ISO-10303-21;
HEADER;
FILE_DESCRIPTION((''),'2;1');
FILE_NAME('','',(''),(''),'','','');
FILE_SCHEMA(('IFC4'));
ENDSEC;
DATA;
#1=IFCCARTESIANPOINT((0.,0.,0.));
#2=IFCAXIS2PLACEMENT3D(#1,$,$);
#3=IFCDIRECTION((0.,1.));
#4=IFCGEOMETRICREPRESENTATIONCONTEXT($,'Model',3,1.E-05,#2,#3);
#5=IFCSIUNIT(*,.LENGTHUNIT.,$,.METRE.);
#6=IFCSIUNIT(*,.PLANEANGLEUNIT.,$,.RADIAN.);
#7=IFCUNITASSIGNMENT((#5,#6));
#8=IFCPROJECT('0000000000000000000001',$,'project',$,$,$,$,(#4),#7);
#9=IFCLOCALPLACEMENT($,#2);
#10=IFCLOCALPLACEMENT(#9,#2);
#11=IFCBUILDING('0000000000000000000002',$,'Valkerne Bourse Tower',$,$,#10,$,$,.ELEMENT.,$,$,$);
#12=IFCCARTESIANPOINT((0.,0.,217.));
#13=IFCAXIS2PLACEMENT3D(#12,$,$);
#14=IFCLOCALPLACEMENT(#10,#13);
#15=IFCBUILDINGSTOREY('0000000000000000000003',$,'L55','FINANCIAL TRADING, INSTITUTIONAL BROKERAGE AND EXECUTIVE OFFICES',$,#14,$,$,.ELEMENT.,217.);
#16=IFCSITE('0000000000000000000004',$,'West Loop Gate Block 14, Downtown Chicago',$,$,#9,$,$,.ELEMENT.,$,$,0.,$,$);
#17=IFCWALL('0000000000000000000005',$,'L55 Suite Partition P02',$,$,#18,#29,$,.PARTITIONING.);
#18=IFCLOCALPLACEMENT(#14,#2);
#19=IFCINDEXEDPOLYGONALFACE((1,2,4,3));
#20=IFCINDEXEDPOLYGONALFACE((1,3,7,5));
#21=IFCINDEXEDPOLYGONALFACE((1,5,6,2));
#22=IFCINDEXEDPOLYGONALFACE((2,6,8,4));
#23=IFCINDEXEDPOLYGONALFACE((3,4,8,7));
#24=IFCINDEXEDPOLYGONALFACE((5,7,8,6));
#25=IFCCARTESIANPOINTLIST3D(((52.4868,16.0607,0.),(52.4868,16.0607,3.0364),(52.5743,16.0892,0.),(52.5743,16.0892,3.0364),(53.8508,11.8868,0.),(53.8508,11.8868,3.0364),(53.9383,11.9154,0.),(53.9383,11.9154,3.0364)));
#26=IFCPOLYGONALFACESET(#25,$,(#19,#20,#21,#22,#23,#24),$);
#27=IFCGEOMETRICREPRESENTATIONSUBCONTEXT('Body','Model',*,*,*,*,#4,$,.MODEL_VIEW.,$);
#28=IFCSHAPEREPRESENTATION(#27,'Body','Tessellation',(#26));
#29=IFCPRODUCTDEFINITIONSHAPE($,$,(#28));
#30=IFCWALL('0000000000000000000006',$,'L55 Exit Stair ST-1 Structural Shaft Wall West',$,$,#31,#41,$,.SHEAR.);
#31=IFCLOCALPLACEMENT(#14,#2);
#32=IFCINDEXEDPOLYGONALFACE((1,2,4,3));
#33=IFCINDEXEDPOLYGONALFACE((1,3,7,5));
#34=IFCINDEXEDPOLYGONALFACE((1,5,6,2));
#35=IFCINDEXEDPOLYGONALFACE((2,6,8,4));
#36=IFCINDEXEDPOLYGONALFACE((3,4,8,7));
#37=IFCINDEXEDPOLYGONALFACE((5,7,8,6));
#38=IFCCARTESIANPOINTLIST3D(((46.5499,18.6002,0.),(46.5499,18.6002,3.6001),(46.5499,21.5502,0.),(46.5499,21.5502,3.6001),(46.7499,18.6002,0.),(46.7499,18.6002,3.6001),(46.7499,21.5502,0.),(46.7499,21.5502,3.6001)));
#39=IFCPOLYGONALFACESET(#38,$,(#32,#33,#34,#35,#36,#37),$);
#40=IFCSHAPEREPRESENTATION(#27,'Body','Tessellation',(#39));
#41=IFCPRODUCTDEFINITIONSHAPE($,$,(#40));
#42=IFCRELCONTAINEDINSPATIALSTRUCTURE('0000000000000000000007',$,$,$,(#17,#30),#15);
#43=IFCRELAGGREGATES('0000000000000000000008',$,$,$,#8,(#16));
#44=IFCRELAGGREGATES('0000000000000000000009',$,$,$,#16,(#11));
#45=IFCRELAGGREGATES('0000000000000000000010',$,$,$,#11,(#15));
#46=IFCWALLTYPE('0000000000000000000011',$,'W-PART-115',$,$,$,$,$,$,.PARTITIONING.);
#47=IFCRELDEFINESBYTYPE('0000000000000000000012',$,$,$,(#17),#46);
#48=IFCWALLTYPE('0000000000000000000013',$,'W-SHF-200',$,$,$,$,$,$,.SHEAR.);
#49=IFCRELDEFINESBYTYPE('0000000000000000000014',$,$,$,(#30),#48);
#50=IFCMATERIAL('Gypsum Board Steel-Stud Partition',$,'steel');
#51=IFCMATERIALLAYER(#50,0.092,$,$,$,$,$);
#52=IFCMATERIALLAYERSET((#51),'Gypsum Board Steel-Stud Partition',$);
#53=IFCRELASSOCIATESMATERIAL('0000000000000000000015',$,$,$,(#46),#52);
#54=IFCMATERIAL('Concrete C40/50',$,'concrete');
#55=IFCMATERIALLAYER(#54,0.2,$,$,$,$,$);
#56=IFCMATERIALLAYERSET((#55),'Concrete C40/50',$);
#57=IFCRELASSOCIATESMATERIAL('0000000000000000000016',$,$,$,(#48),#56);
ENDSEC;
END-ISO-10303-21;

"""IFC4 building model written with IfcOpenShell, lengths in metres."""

from ifc_helpers import new_model, si_unit, direction, frame, frame_2d, origin, place, context, subcontext, project, spatial, rectangle, extrude, material, layer, layer_set, type_object, element, save


model = new_model("IFC4")

# Units and contexts
model_context = context("Model", 3, precision=1e-05, world=origin(), true_north=direction((0.0, 1.0)))
body_context = subcontext(model_context, "Body", "Model", "MODEL_VIEW")
ifc_project = project(units=[si_unit("LENGTHUNIT", "METRE"), si_unit("PLANEANGLEUNIT", "RADIAN")], contexts=[model_context])

# Site, building, storey
site_placement = place(None, origin())
site = spatial("IfcSite", under=ifc_project, at=site_placement, Name="West Loop Gate Block 14, Downtown Chicago", CompositionType="ELEMENT", RefElevation=0.0)
building_placement = place(site_placement, origin())
building = spatial("IfcBuilding", under=site, at=building_placement, Name="Valkerne Bourse Tower", CompositionType="ELEMENT")
storey_placement = place(building_placement, frame((0.0, 0.0, 217.0)))
storey = spatial("IfcBuildingStorey", under=building, at=storey_placement, Name="L55", Description="FINANCIAL TRADING, INSTITUTIONAL BROKERAGE AND EXECUTIVE OFFICES", CompositionType="ELEMENT", Elevation=217.0)

# Shared definitions
ifc_material_1 = material(Name="Gypsum Board Steel-Stud Partition", Category="steel")

# Walls
ifc_layer_1 = layer(ifc_material_1, 0.092)
ifc_layer_set_1 = layer_set([ifc_layer_1], Name="Gypsum Board Steel-Stud Partition")
wall_type_1 = type_object("IfcWallType", Name="W-PART-115", PredefinedType="PARTITIONING", material=ifc_layer_set_1)
wall_1_placement = place(storey_placement, frame((52.5305, 16.075, 0.0), z_axis=(0.0, 0.0, 1.0), x_axis=(0.310635, -0.950529, 0.0)))
element("IfcWall", 1, at=wall_1_placement, inside=storey, type_object=wall_type_1, Name="L55 Suite Partition P02", PredefinedType="PARTITIONING", context=body_context, shape_type="SweptSolid", body=[
    extrude(rectangle(XDim=4.3911, YDim=0.092, at=frame_2d((2.1956, 0.0))), origin(), (0.0, 0.0, 1.0), 3.0364),
])
ifc_material_2 = material(Name="Concrete C40/50", Category="concrete")
ifc_layer_2 = layer(ifc_material_2, 0.2)
ifc_layer_set_2 = layer_set([ifc_layer_2], Name="Concrete C40/50")
wall_type_2 = type_object("IfcWallType", Name="W-SHF-200", PredefinedType="SHEAR", material=ifc_layer_set_2)
wall_2_placement = place(storey_placement, frame((46.6499, 18.6001, 0.0), z_axis=(0.0, 0.0, 1.0), x_axis=(0.0, 1.0, 0.0)))
element("IfcWall", 2, at=wall_2_placement, inside=storey, type_object=wall_type_2, Name="L55 Exit Stair ST-1 Structural Shaft Wall West", PredefinedType="SHEAR", context=body_context, shape_type="SweptSolid", body=[
    extrude(rectangle(XDim=2.95, YDim=0.2, at=frame_2d((1.4751, 0.0))), origin(), (0.0, 0.0, 1.0), 3.6001),
])

save(model, "model.ifc")
